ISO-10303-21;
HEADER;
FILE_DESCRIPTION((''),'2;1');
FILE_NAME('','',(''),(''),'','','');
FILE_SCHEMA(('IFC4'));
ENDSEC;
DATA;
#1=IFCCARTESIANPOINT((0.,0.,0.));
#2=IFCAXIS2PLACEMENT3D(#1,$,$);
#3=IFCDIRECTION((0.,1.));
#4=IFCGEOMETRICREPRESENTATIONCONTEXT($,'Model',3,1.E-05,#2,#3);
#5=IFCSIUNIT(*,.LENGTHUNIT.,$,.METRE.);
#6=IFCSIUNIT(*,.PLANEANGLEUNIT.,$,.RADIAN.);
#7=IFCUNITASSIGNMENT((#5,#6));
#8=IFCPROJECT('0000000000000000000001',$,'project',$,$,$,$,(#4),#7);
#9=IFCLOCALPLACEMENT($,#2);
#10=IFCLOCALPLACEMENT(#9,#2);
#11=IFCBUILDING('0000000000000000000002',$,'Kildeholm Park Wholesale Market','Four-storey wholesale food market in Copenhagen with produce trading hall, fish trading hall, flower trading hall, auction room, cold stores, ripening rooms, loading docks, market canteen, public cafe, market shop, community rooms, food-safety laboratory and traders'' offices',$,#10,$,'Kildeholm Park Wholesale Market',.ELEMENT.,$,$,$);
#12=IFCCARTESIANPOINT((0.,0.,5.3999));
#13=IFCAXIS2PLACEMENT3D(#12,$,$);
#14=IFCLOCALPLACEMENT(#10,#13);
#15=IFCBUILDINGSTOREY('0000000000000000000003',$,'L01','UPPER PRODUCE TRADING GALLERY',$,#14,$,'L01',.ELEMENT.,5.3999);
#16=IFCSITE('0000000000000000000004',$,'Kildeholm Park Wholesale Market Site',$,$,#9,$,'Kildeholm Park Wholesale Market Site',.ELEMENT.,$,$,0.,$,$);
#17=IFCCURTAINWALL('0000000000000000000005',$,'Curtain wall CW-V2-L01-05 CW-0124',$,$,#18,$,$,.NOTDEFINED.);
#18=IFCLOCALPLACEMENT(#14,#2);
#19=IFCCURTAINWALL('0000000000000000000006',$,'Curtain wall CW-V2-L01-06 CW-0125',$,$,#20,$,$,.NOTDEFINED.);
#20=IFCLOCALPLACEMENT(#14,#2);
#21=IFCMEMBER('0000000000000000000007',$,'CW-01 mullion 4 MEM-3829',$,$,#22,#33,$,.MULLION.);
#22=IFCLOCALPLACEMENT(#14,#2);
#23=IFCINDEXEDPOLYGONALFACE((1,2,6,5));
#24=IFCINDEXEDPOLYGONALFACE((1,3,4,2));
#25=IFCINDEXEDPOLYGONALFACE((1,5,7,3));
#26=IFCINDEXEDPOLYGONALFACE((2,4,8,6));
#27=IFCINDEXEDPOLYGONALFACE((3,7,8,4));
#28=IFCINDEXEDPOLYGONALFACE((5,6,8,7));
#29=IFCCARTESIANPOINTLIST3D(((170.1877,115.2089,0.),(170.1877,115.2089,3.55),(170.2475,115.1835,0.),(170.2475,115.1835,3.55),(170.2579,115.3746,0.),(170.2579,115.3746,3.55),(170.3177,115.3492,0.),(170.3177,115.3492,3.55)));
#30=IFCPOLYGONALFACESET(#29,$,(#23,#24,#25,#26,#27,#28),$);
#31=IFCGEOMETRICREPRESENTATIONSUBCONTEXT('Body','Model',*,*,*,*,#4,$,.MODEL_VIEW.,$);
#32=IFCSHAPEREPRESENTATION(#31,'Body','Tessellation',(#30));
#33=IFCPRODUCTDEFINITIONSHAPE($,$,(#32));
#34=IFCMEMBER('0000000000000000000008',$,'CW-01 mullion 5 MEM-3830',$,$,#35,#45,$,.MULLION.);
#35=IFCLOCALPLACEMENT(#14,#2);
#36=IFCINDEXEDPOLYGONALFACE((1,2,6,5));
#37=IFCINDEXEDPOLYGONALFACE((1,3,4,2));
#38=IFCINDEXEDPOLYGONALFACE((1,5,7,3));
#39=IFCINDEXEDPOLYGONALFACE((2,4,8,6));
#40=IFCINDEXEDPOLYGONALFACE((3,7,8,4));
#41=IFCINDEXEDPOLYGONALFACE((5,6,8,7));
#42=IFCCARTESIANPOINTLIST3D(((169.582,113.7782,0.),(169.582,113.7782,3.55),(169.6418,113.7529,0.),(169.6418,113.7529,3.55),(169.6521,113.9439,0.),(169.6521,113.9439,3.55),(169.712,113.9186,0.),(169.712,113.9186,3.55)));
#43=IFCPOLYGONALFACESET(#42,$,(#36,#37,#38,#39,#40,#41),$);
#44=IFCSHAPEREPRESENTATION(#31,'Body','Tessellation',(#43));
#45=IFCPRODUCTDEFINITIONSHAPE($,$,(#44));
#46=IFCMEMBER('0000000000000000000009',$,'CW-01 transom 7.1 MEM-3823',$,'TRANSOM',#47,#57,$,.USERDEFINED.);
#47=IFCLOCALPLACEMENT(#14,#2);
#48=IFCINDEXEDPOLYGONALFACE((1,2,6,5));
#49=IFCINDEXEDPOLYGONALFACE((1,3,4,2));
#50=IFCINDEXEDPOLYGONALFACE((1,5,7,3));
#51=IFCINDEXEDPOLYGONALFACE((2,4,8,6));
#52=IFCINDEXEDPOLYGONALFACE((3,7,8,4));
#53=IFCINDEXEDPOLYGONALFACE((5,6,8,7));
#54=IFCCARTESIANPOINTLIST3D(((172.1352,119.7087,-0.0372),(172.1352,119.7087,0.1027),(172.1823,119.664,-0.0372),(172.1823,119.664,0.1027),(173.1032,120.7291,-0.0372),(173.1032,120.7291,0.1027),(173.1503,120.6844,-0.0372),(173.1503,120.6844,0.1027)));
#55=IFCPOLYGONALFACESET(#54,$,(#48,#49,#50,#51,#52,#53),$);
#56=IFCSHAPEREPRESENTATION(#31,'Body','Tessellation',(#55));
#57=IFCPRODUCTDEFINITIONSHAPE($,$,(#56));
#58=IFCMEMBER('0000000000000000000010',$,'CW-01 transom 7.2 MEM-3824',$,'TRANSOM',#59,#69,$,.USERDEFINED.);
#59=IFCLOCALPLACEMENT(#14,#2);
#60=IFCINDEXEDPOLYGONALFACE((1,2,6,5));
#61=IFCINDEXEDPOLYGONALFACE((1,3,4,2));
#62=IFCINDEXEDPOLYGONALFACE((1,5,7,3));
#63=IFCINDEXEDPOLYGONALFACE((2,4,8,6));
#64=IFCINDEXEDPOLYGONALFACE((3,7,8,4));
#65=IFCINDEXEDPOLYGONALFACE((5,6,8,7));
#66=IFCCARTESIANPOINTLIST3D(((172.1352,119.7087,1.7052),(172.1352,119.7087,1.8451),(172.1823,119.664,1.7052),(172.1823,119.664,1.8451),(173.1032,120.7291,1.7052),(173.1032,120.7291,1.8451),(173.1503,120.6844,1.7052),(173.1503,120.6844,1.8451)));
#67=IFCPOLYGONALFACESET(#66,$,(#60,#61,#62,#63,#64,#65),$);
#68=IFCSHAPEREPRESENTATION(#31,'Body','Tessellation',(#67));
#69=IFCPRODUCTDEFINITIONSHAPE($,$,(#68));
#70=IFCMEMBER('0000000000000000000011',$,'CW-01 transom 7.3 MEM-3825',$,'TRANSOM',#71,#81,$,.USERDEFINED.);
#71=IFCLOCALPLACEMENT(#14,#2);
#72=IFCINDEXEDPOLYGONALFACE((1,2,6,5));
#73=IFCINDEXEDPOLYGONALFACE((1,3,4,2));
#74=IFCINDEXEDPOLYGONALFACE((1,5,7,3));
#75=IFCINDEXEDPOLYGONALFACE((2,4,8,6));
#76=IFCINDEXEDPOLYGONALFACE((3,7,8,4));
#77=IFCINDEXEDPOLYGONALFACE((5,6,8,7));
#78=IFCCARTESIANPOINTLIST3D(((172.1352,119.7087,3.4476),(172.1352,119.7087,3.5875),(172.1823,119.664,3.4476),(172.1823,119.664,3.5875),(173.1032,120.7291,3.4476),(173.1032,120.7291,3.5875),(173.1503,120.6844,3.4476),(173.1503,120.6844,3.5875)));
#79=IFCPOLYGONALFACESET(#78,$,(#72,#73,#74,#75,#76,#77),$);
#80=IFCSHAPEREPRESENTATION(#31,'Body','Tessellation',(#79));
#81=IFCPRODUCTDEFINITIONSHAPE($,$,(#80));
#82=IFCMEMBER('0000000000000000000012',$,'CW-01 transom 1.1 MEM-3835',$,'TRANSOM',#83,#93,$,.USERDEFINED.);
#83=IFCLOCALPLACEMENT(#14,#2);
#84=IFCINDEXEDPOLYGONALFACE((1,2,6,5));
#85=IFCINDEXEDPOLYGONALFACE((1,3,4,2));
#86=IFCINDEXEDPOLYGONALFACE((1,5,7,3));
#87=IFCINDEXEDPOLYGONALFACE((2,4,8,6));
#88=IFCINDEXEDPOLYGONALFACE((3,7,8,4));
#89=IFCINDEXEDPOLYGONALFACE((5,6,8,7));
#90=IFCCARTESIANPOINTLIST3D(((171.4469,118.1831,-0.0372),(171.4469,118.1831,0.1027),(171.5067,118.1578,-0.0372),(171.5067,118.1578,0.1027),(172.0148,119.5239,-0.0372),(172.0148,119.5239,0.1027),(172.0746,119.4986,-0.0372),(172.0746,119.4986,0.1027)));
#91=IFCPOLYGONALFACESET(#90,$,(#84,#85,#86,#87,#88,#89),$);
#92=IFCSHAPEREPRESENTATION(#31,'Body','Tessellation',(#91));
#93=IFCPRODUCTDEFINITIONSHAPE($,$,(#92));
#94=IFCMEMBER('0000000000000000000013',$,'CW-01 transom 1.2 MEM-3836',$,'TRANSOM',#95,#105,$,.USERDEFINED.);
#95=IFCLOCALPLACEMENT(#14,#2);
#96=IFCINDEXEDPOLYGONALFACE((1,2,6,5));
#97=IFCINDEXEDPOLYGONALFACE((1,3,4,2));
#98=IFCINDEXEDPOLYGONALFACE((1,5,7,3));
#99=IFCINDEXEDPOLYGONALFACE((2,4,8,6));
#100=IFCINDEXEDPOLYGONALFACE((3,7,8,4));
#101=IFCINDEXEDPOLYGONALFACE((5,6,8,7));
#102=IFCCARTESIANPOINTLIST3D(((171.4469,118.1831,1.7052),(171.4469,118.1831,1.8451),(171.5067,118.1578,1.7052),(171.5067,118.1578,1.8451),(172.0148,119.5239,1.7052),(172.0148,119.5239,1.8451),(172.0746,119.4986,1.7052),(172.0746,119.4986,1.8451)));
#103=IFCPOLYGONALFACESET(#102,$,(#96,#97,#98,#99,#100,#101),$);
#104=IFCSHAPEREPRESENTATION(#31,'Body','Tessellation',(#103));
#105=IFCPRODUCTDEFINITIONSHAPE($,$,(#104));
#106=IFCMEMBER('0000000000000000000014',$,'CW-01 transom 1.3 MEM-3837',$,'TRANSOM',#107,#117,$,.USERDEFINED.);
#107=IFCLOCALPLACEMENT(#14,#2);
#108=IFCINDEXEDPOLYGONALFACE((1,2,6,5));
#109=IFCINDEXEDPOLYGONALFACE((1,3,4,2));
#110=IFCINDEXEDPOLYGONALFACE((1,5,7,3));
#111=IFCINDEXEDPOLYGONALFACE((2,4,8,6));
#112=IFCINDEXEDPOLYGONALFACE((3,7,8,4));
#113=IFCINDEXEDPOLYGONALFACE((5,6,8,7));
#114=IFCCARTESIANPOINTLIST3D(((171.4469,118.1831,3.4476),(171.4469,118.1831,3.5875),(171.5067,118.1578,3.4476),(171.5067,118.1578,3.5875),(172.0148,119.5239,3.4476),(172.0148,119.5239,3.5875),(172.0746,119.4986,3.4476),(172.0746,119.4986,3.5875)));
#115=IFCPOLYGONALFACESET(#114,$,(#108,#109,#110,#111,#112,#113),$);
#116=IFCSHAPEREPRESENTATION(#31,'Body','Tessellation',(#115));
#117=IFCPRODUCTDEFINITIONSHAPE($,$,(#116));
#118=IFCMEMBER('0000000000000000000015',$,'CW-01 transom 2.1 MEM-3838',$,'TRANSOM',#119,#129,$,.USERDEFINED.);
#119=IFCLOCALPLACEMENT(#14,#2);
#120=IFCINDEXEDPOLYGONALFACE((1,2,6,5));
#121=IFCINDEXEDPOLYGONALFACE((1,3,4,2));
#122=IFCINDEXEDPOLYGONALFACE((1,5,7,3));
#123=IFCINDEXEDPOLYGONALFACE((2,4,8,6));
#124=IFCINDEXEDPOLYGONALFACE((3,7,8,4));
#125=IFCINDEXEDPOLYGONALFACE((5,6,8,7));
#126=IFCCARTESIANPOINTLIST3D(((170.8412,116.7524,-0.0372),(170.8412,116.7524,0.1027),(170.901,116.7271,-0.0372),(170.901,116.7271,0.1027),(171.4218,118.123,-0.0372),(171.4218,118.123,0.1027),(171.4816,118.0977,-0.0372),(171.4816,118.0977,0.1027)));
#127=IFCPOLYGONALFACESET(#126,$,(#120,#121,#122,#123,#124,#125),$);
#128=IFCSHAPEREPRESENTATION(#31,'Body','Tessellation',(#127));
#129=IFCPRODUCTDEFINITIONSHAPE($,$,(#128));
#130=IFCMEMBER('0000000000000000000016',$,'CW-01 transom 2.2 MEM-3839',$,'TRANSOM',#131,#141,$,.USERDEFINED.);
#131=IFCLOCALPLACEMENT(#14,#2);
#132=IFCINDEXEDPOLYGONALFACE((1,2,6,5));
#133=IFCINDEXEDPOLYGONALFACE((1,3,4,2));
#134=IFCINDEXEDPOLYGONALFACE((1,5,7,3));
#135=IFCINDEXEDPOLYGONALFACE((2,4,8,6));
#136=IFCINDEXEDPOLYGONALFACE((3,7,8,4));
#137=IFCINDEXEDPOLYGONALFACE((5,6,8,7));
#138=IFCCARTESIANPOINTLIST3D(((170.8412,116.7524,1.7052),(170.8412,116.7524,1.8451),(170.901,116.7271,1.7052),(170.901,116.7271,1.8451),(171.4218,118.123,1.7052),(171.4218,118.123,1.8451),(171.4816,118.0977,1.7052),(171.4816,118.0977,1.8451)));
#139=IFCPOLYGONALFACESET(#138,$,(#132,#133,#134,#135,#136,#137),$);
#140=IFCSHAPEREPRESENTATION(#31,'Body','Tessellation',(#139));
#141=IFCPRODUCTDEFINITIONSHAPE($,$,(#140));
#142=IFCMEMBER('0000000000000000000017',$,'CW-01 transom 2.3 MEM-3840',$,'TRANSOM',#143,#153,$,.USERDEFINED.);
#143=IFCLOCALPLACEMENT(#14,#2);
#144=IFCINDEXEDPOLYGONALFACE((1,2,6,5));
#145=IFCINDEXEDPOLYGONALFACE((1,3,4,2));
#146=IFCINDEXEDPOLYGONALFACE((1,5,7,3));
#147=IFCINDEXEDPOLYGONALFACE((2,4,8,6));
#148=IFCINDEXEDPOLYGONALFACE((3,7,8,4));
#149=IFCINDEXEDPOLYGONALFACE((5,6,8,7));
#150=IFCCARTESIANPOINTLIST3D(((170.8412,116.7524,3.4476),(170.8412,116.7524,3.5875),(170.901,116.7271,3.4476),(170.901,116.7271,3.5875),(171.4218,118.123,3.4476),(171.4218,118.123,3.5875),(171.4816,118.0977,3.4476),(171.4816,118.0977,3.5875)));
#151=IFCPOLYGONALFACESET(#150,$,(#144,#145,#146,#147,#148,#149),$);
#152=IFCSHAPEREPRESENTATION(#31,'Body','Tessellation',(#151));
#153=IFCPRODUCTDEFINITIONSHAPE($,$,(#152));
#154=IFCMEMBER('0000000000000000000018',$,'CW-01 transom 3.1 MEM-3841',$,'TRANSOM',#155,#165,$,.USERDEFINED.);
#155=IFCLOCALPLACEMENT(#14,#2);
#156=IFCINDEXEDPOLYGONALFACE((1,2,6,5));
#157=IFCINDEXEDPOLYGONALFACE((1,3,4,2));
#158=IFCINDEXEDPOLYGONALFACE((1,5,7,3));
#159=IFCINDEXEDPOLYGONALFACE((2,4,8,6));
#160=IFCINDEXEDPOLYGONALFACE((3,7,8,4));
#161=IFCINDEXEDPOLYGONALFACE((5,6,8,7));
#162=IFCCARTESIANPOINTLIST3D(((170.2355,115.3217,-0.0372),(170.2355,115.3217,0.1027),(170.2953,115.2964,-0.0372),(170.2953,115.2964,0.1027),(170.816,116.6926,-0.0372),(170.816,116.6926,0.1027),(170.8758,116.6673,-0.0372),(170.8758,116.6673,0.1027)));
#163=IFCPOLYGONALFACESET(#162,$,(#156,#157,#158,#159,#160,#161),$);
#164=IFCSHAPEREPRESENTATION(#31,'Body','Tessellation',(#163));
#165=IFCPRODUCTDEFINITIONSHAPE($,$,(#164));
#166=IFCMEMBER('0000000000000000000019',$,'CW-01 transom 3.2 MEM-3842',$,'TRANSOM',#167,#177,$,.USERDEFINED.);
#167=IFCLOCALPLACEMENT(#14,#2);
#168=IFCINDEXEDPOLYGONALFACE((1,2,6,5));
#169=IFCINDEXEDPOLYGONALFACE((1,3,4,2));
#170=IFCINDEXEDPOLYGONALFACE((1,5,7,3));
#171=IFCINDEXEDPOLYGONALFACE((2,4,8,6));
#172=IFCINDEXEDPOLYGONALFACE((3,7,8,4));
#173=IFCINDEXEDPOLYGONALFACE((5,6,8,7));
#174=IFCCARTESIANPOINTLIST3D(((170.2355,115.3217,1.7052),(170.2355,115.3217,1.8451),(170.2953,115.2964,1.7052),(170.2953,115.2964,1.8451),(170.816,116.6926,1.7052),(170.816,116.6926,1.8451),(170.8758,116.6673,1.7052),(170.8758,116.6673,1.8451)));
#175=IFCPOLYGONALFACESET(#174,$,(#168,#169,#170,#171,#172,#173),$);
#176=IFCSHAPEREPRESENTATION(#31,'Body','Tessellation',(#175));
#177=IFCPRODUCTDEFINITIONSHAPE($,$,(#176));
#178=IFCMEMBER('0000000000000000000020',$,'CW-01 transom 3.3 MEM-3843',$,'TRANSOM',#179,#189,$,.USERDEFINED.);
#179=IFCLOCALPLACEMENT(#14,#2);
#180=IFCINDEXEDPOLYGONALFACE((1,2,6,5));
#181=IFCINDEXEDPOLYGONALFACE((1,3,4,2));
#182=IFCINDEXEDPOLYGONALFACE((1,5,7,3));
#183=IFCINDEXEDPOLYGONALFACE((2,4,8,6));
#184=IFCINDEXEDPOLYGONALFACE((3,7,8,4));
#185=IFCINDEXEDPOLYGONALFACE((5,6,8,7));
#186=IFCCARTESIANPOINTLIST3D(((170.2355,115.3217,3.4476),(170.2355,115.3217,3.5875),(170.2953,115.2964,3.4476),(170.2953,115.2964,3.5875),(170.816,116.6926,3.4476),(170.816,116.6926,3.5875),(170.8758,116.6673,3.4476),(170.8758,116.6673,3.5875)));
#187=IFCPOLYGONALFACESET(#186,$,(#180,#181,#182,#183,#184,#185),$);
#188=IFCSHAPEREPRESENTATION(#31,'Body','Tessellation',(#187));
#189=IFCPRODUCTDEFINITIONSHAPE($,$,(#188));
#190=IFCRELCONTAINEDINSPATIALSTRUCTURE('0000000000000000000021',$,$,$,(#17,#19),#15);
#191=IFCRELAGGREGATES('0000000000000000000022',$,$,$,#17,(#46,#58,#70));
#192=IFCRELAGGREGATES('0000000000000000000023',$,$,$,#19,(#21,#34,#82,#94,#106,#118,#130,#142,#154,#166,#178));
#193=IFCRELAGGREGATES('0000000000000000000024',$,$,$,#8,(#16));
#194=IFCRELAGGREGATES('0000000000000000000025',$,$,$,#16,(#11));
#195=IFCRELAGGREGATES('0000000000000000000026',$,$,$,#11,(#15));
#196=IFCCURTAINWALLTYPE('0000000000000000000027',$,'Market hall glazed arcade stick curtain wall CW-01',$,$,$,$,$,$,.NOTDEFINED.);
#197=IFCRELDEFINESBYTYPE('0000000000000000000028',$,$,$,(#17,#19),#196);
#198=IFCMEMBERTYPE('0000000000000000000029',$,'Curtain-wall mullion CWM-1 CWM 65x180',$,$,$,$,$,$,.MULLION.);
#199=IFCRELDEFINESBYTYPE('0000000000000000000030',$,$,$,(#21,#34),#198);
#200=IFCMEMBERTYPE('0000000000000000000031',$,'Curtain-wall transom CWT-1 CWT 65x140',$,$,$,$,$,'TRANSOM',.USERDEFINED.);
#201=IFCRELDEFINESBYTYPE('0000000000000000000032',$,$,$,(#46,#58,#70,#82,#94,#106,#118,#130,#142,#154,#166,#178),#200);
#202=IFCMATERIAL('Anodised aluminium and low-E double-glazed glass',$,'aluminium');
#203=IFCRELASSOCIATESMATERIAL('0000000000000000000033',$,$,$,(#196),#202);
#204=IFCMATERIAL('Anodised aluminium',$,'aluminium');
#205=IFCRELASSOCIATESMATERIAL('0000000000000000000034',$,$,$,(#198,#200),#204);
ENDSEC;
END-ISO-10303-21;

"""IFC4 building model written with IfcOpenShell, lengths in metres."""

from ifc_helpers import new_model, si_unit, direction, frame, origin, origin_2d, place, context, subcontext, project, spatial, rectangle, extrude, material, material_profile, profile_set, type_object, element, aggregate, save


model = new_model("IFC4")

# Units and contexts
model_context = context("Model", 3, precision=1e-05, world=origin(), true_north=direction((0.0, 1.0)))
body_context = subcontext(model_context, "Body", "Model", "MODEL_VIEW")
ifc_project = project(units=[si_unit("LENGTHUNIT", "METRE"), si_unit("PLANEANGLEUNIT", "RADIAN")], contexts=[model_context])

# Site, building, storey
site_placement = place(None, origin())
site = spatial("IfcSite", under=ifc_project, at=site_placement, Name="Kildeholm Park Wholesale Market Site", LongName="Kildeholm Park Wholesale Market Site", CompositionType="ELEMENT", RefElevation=0.0)
building_placement = place(site_placement, origin())
building = spatial("IfcBuilding", under=site, at=building_placement, Name="Kildeholm Park Wholesale Market", Description="Four-storey wholesale food market in Copenhagen with produce trading hall, fish trading hall, flower trading hall, auction room, cold stores, ripening rooms, loading docks, market canteen, public cafe, market shop, community rooms, food-safety laboratory and traders' offices", LongName="Kildeholm Park Wholesale Market", CompositionType="ELEMENT")
storey_placement = place(building_placement, frame((0.0, 0.0, 5.3999)))
storey = spatial("IfcBuildingStorey", under=building, at=storey_placement, Name="L01", Description="UPPER PRODUCE TRADING GALLERY", LongName="L01", CompositionType="ELEMENT", Elevation=5.3999)

# Curtain walls, members
ifc_material_1 = material(Name="Anodised aluminium and low-E double-glazed glass", Category="aluminium")
curtain_wall_type = type_object("IfcCurtainWallType", Name="Market hall glazed arcade stick curtain wall CW-01", PredefinedType="NOTDEFINED", material=ifc_material_1)
curtain_wall_1_placement = place(storey_placement, origin())
curtain_wall_1 = element("IfcCurtainWall", 1, at=curtain_wall_1_placement, inside=storey, type_object=curtain_wall_type, Name="Curtain wall CW-V2-L01-05 CW-0124", PredefinedType="NOTDEFINED")
ifc_material_2 = material(Name="Anodised aluminium", Category="aluminium")
ifc_material_profile_1 = material_profile(ifc_material_2, rectangle(XDim=0.0649, YDim=0.1799, at=origin_2d()), Name="CWM 65x180")
ifc_profile_set_1 = profile_set([ifc_material_profile_1], Name="Anodised aluminium")
member_type_1 = type_object("IfcMemberType", Name="Curtain-wall mullion CWM-1 CWM 65x180", PredefinedType="MULLION", material=ifc_profile_set_1)
curtain_wall_2_placement = place(storey_placement, origin())
curtain_wall_2 = element("IfcCurtainWall", 2, at=curtain_wall_2_placement, inside=storey, type_object=curtain_wall_type, Name="Curtain wall CW-V2-L01-06 CW-0125", PredefinedType="NOTDEFINED")
member_1_placement = place(storey_placement, frame((170.2527, 115.2791, 0.0), z_axis=(0.0, 0.0, 1.0), x_axis=(0.920855, -0.389905, 0.0)))
member_1 = element("IfcMember", 3, at=member_1_placement, type_object=member_type_1, Name="CW-01 mullion 4 MEM-3829", PredefinedType="MULLION", context=body_context, shape_type="SweptSolid", body=[
    extrude(rectangle(XDim=0.0649, YDim=0.1799, at=origin_2d()), origin(), (0.0, 0.0, 1.0), 3.55),
])
member_2_placement = place(storey_placement, frame((169.647, 113.8484, 0.0), z_axis=(0.0, 0.0, 1.0), x_axis=(0.920855, -0.389905, 0.0)))
member_2 = element("IfcMember", 4, at=member_2_placement, type_object=member_type_1, Name="CW-01 mullion 5 MEM-3830", PredefinedType="MULLION", context=body_context, shape_type="SweptSolid", body=[
    extrude(rectangle(XDim=0.0649, YDim=0.1799, at=origin_2d()), origin(), (0.0, 0.0, 1.0), 3.55),
])

# Members
ifc_material_profile_2 = material_profile(ifc_material_2, rectangle(XDim=0.0649, YDim=0.1399, at=origin_2d()), Name="CWT 65x140")
ifc_profile_set_2 = profile_set([ifc_material_profile_2], Name="Anodised aluminium")
member_type_2 = type_object("IfcMemberType", Name="Curtain-wall transom CWT-1 CWT 65x140", ElementType="TRANSOM", PredefinedType="USERDEFINED", material=ifc_profile_set_2)
member_3_placement = place(storey_placement, frame((173.1267, 120.7068, 0.0327), z_axis=(-0.688202, -0.725519, 0.0), x_axis=(0.725519, -0.688202, 0.0)))
member_3 = element("IfcMember", 5, at=member_3_placement, type_object=member_type_2, Name="CW-01 transom 7.1 MEM-3823", ObjectType="TRANSOM", PredefinedType="USERDEFINED", context=body_context, shape_type="SweptSolid", body=[
    extrude(rectangle(XDim=0.0649, YDim=0.1399, at=origin_2d()), origin(), (0.0, 0.0, 1.0), 1.4065),
])
member_4_placement = place(storey_placement, frame((173.1267, 120.7068, 1.7751), z_axis=(-0.688202, -0.725519, 0.0), x_axis=(0.725519, -0.688202, 0.0)))
member_4 = element("IfcMember", 6, at=member_4_placement, type_object=member_type_2, Name="CW-01 transom 7.2 MEM-3824", ObjectType="TRANSOM", PredefinedType="USERDEFINED", context=body_context, shape_type="SweptSolid", body=[
    extrude(rectangle(XDim=0.0649, YDim=0.1399, at=origin_2d()), origin(), (0.0, 0.0, 1.0), 1.4065),
])
member_5_placement = place(storey_placement, frame((173.1267, 120.7068, 3.5176), z_axis=(-0.688202, -0.725519, 0.0), x_axis=(0.725519, -0.688202, 0.0)))
member_5 = element("IfcMember", 7, at=member_5_placement, type_object=member_type_2, Name="CW-01 transom 7.3 MEM-3825", ObjectType="TRANSOM", PredefinedType="USERDEFINED", context=body_context, shape_type="SweptSolid", body=[
    extrude(rectangle(XDim=0.0649, YDim=0.1399, at=origin_2d()), origin(), (0.0, 0.0, 1.0), 1.4065),
])
member_6_placement = place(storey_placement, frame((172.0447, 119.5112, 0.0327), z_axis=(-0.38999, -0.920819, 0.0), x_axis=(0.920819, -0.38999, 0.0)))
member_6 = element("IfcMember", 8, at=member_6_placement, type_object=member_type_2, Name="CW-01 transom 1.1 MEM-3835", ObjectType="TRANSOM", PredefinedType="USERDEFINED", context=body_context, shape_type="SweptSolid", body=[
    extrude(rectangle(XDim=0.0649, YDim=0.1399, at=origin_2d()), origin(), (0.0, 0.0, 1.0), 1.4561),
])
member_7_placement = place(storey_placement, frame((172.0447, 119.5112, 1.7751), z_axis=(-0.38999, -0.920819, 0.0), x_axis=(0.920819, -0.38999, 0.0)))
member_7 = element("IfcMember", 9, at=member_7_placement, type_object=member_type_2, Name="CW-01 transom 1.2 MEM-3836", ObjectType="TRANSOM", PredefinedType="USERDEFINED", context=body_context, shape_type="SweptSolid", body=[
    extrude(rectangle(XDim=0.0649, YDim=0.1399, at=origin_2d()), origin(), (0.0, 0.0, 1.0), 1.4561),
])
member_8_placement = place(storey_placement, frame((172.0447, 119.5112, 3.5176), z_axis=(-0.38999, -0.920819, 0.0), x_axis=(0.920819, -0.38999, 0.0)))
member_8 = element("IfcMember", 10, at=member_8_placement, type_object=member_type_2, Name="CW-01 transom 1.3 MEM-3837", ObjectType="TRANSOM", PredefinedType="USERDEFINED", context=body_context, shape_type="SweptSolid", body=[
    extrude(rectangle(XDim=0.0649, YDim=0.1399, at=origin_2d()), origin(), (0.0, 0.0, 1.0), 1.4561),
])
member_9_placement = place(storey_placement, frame((171.4517, 118.1104, 0.0327), z_axis=(-0.390036, -0.9208, 0.0), x_axis=(0.9208, -0.390036, 0.0)))
member_9 = element("IfcMember", 11, at=member_9_placement, type_object=member_type_2, Name="CW-01 transom 2.1 MEM-3838", ObjectType="TRANSOM", PredefinedType="USERDEFINED", context=body_context, shape_type="SweptSolid", body=[
    extrude(rectangle(XDim=0.0649, YDim=0.1399, at=origin_2d()), origin(), (0.0, 0.0, 1.0), 1.4885),
])
member_10_placement = place(storey_placement, frame((171.4517, 118.1104, 1.7751), z_axis=(-0.390036, -0.9208, 0.0), x_axis=(0.9208, -0.390036, 0.0)))
member_10 = element("IfcMember", 12, at=member_10_placement, type_object=member_type_2, Name="CW-01 transom 2.2 MEM-3839", ObjectType="TRANSOM", PredefinedType="USERDEFINED", context=body_context, shape_type="SweptSolid", body=[
    extrude(rectangle(XDim=0.0649, YDim=0.1399, at=origin_2d()), origin(), (0.0, 0.0, 1.0), 1.4885),
])
member_11_placement = place(storey_placement, frame((171.4517, 118.1104, 3.5176), z_axis=(-0.390036, -0.9208, 0.0), x_axis=(0.9208, -0.390036, 0.0)))
member_11 = element("IfcMember", 13, at=member_11_placement, type_object=member_type_2, Name="CW-01 transom 2.3 MEM-3840", ObjectType="TRANSOM", PredefinedType="USERDEFINED", context=body_context, shape_type="SweptSolid", body=[
    extrude(rectangle(XDim=0.0649, YDim=0.1399, at=origin_2d()), origin(), (0.0, 0.0, 1.0), 1.4885),
])
member_12_placement = place(storey_placement, frame((170.8459, 116.6799, 0.0327), z_axis=(-0.389977, -0.920825, 0.0), x_axis=(0.920825, -0.389977, 0.0)))
member_12 = element("IfcMember", 14, at=member_12_placement, type_object=member_type_2, Name="CW-01 transom 3.1 MEM-3841", ObjectType="TRANSOM", PredefinedType="USERDEFINED", context=body_context, shape_type="SweptSolid", body=[
    extrude(rectangle(XDim=0.0649, YDim=0.1399, at=origin_2d()), origin(), (0.0, 0.0, 1.0), 1.4888),
])
member_13_placement = place(storey_placement, frame((170.8459, 116.6799, 1.7751), z_axis=(-0.389977, -0.920825, 0.0), x_axis=(0.920825, -0.389977, 0.0)))
member_13 = element("IfcMember", 15, at=member_13_placement, type_object=member_type_2, Name="CW-01 transom 3.2 MEM-3842", ObjectType="TRANSOM", PredefinedType="USERDEFINED", context=body_context, shape_type="SweptSolid", body=[
    extrude(rectangle(XDim=0.0649, YDim=0.1399, at=origin_2d()), origin(), (0.0, 0.0, 1.0), 1.4888),
])
member_14_placement = place(storey_placement, frame((170.8459, 116.6799, 3.5176), z_axis=(-0.389977, -0.920825, 0.0), x_axis=(0.920825, -0.389977, 0.0)))
member_14 = element("IfcMember", 16, at=member_14_placement, type_object=member_type_2, Name="CW-01 transom 3.3 MEM-3843", ObjectType="TRANSOM", PredefinedType="USERDEFINED", context=body_context, shape_type="SweptSolid", body=[
    extrude(rectangle(XDim=0.0649, YDim=0.1399, at=origin_2d()), origin(), (0.0, 0.0, 1.0), 1.4888),
])

aggregate(curtain_wall_1, [member_3, member_4, member_5])
aggregate(curtain_wall_2, [member_1, member_2, member_6, member_7, member_8, member_9, member_10, member_11, member_12, member_13, member_14])

save(model, "model.ifc")
